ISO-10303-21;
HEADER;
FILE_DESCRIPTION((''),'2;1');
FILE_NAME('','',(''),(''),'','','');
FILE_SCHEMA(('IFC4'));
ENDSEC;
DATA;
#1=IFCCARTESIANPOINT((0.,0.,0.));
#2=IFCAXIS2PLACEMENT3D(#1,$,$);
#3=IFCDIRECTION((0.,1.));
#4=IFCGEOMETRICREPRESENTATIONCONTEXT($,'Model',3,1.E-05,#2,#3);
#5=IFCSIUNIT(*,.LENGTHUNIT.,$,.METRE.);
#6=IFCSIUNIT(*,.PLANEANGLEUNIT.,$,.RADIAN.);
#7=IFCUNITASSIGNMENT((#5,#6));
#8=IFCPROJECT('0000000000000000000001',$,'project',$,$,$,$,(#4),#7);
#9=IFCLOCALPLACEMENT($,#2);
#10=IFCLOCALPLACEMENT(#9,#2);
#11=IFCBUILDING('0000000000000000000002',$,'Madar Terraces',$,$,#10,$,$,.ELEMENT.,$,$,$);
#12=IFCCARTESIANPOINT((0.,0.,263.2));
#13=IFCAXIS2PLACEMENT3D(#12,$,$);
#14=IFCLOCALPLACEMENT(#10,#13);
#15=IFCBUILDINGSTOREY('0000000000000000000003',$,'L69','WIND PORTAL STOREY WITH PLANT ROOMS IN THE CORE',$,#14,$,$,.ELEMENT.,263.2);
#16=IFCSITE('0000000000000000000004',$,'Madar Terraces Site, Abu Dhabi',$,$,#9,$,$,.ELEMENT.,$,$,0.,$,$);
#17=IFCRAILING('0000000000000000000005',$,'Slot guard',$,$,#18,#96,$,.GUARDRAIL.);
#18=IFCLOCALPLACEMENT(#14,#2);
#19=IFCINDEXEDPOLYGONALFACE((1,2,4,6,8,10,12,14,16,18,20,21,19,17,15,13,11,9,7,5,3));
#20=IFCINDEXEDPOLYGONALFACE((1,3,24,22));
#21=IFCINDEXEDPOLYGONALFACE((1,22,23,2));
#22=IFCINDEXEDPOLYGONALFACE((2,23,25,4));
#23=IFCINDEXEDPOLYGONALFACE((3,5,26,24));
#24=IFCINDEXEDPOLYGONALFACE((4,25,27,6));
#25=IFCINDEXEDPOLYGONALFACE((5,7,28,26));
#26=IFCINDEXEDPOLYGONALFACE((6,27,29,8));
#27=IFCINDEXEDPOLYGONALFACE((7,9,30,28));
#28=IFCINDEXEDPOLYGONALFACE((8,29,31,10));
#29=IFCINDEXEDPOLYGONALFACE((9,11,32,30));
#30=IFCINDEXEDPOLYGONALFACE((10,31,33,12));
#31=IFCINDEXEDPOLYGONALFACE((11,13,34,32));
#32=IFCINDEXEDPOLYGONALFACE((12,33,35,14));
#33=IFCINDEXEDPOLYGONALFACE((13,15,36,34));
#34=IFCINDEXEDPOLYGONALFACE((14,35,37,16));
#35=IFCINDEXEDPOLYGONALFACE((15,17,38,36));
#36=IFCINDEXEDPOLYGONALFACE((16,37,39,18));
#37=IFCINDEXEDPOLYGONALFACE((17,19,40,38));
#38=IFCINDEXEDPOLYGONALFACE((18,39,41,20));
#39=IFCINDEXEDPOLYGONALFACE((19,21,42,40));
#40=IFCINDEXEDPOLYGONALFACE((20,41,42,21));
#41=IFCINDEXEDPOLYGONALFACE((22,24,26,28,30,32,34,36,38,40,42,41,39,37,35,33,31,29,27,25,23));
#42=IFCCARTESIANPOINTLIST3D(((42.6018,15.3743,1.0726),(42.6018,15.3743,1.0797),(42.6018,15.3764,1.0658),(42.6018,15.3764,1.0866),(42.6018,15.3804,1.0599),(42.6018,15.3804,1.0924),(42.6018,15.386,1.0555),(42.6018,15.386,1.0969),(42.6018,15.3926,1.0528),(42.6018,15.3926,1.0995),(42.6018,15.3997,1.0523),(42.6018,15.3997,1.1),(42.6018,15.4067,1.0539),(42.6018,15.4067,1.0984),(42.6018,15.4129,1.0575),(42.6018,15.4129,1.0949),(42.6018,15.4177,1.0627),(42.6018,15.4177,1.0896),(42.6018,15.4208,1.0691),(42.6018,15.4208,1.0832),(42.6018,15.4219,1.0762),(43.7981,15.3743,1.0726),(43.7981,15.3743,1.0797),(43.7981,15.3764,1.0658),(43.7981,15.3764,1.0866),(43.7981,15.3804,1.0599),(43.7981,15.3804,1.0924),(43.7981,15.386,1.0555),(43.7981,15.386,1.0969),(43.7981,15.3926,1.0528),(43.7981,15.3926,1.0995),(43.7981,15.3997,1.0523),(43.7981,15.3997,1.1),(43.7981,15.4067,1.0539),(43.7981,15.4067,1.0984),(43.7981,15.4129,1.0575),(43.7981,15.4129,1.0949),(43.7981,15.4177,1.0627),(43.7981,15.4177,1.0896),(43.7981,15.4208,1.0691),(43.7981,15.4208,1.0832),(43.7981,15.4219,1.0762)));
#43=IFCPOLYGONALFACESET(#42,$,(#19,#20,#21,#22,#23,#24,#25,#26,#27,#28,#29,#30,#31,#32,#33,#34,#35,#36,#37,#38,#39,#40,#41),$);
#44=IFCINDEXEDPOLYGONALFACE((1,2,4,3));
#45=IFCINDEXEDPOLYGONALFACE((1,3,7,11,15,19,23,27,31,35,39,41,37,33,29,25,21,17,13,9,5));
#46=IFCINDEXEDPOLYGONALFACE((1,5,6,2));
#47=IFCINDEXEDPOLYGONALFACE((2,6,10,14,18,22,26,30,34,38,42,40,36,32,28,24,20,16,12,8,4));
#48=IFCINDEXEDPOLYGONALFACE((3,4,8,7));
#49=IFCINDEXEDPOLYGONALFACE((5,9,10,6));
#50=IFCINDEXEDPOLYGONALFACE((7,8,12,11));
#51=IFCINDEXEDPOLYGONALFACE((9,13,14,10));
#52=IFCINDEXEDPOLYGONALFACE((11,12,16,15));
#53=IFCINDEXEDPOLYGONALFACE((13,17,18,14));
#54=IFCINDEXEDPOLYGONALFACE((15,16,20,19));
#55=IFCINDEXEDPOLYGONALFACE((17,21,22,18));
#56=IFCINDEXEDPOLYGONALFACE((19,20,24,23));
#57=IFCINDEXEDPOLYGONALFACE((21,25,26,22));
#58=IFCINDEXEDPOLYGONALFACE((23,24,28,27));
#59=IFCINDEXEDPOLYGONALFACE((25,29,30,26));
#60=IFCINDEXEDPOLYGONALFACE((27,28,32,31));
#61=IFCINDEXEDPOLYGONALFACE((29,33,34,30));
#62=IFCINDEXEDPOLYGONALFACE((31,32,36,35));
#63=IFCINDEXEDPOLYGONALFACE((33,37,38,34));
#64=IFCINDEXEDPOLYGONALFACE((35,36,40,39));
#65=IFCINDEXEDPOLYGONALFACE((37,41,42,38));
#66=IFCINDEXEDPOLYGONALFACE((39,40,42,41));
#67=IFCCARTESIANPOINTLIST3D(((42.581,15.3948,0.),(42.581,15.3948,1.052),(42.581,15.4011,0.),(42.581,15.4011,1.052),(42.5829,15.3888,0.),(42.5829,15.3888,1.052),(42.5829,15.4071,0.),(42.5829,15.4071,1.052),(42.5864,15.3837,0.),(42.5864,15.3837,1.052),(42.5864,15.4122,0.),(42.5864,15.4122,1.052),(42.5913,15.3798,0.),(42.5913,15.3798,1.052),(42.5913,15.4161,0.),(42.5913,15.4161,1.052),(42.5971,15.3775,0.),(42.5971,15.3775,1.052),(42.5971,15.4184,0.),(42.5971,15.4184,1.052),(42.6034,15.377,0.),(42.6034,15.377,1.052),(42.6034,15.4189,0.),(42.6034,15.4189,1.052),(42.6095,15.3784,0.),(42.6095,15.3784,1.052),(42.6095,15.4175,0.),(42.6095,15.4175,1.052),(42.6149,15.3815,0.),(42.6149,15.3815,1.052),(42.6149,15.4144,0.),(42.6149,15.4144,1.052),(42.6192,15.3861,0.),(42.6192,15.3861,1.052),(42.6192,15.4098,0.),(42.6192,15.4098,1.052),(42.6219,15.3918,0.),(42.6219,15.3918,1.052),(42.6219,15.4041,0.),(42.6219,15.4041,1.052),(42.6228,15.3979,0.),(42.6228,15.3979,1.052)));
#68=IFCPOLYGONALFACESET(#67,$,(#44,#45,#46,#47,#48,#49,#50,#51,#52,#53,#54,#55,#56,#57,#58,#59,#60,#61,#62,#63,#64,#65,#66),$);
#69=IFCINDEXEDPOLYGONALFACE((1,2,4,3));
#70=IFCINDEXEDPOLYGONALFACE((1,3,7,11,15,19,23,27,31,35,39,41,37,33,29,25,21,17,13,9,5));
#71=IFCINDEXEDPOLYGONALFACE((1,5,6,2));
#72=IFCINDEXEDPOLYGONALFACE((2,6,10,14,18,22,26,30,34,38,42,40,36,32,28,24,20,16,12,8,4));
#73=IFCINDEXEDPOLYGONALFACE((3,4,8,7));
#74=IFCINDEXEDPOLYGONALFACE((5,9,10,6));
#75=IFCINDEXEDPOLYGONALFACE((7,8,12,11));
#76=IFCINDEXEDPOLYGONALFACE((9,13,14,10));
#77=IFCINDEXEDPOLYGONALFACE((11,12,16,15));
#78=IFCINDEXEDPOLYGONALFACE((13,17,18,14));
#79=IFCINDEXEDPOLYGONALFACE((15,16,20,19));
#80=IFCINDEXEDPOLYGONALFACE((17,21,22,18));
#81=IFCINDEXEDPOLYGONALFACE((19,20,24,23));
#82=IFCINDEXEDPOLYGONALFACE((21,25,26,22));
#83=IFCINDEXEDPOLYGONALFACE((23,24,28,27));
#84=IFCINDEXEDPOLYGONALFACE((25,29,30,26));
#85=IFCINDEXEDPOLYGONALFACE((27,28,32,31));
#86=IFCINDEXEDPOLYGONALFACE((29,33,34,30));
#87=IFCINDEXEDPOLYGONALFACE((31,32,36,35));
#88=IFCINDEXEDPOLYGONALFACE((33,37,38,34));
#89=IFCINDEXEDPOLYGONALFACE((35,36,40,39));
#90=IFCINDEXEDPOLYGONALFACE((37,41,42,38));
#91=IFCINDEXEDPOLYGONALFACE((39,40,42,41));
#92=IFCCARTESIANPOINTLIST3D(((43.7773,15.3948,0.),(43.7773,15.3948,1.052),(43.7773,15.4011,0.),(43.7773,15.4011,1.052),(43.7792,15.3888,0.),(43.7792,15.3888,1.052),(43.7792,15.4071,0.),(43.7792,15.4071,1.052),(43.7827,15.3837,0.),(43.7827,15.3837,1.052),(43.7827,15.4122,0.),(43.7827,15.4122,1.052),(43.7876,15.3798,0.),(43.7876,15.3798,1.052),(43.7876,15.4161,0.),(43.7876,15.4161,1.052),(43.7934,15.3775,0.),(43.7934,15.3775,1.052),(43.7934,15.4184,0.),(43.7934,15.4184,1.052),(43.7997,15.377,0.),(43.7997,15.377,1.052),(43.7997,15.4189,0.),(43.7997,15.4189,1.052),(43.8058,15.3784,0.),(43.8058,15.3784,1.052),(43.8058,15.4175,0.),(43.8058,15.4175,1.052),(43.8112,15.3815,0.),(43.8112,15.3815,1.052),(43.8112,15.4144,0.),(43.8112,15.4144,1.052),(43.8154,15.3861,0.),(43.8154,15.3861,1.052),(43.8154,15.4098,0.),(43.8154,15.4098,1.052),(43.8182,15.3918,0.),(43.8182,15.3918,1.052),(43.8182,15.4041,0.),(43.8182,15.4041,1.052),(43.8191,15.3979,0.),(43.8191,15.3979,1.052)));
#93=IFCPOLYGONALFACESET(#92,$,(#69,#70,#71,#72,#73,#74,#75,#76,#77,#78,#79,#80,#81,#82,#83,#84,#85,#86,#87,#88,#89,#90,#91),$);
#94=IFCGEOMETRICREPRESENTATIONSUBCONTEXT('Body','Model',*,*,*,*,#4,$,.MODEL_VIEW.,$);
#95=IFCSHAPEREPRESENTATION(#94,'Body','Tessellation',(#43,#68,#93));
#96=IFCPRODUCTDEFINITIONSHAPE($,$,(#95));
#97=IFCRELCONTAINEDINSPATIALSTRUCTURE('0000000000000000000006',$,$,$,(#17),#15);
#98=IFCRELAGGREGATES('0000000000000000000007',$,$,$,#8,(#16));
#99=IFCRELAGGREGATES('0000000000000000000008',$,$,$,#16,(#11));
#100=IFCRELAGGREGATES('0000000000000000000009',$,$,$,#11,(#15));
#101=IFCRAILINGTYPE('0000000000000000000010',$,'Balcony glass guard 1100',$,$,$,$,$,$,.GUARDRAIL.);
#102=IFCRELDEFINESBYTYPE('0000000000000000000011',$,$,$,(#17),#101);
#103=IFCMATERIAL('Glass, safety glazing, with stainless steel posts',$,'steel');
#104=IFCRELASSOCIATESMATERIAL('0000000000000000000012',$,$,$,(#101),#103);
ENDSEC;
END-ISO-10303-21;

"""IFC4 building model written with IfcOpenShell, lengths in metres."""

from ifc_helpers import new_model, si_unit, direction, frame, origin, origin_2d, place, context, subcontext, project, spatial, circle, extrude, material, type_object, element, save


model = new_model("IFC4")

# Units and contexts
model_context = context("Model", 3, precision=1e-05, world=origin(), true_north=direction((0.0, 1.0)))
body_context = subcontext(model_context, "Body", "Model", "MODEL_VIEW")
ifc_project = project(units=[si_unit("LENGTHUNIT", "METRE"), si_unit("PLANEANGLEUNIT", "RADIAN")], contexts=[model_context])

# Site, building, storey
site_placement = place(None, origin())
site = spatial("IfcSite", under=ifc_project, at=site_placement, Name="Madar Terraces Site, Abu Dhabi", CompositionType="ELEMENT", RefElevation=0.0)
building_placement = place(site_placement, origin())
building = spatial("IfcBuilding", under=site, at=building_placement, Name="Madar Terraces", CompositionType="ELEMENT")
storey_placement = place(building_placement, frame((0.0, 0.0, 263.2)))
storey = spatial("IfcBuildingStorey", under=building, at=storey_placement, Name="L69", Description="WIND PORTAL STOREY WITH PLANT ROOMS IN THE CORE", CompositionType="ELEMENT", Elevation=263.2)

# Railing
ifc_material_1 = material(Name="Glass, safety glazing, with stainless steel posts", Category="steel")
railing_type_1 = type_object("IfcRailingType", Name="Balcony glass guard 1100", PredefinedType="GUARDRAIL", material=ifc_material_1)
railing_1_placement = place(storey_placement, frame((42.6018, 15.3979, 0.0)))
element("IfcRailing", 1, at=railing_1_placement, inside=storey, type_object=railing_type_1, Name="Slot guard", PredefinedType="GUARDRAIL", context=body_context, shape_type="SweptSolid", body=[
    extrude(circle(Radius=0.0239, at=origin_2d()), frame((0.0, 0.0, 1.0762), z_axis=(1.0, 0.0, 0.0), x_axis=(0.0, 1.0, 0.0)), (0.0, 0.0, 1.0), 1.1963),
    extrude(circle(Radius=0.021, at=origin_2d()), origin(), (0.0, 0.0, 1.0), 1.052),
    extrude(circle(Radius=0.021, at=origin_2d()), frame((1.1963, 0.0, 0.0)), (0.0, 0.0, 1.0), 1.052),
])

save(model, "model.ifc")
